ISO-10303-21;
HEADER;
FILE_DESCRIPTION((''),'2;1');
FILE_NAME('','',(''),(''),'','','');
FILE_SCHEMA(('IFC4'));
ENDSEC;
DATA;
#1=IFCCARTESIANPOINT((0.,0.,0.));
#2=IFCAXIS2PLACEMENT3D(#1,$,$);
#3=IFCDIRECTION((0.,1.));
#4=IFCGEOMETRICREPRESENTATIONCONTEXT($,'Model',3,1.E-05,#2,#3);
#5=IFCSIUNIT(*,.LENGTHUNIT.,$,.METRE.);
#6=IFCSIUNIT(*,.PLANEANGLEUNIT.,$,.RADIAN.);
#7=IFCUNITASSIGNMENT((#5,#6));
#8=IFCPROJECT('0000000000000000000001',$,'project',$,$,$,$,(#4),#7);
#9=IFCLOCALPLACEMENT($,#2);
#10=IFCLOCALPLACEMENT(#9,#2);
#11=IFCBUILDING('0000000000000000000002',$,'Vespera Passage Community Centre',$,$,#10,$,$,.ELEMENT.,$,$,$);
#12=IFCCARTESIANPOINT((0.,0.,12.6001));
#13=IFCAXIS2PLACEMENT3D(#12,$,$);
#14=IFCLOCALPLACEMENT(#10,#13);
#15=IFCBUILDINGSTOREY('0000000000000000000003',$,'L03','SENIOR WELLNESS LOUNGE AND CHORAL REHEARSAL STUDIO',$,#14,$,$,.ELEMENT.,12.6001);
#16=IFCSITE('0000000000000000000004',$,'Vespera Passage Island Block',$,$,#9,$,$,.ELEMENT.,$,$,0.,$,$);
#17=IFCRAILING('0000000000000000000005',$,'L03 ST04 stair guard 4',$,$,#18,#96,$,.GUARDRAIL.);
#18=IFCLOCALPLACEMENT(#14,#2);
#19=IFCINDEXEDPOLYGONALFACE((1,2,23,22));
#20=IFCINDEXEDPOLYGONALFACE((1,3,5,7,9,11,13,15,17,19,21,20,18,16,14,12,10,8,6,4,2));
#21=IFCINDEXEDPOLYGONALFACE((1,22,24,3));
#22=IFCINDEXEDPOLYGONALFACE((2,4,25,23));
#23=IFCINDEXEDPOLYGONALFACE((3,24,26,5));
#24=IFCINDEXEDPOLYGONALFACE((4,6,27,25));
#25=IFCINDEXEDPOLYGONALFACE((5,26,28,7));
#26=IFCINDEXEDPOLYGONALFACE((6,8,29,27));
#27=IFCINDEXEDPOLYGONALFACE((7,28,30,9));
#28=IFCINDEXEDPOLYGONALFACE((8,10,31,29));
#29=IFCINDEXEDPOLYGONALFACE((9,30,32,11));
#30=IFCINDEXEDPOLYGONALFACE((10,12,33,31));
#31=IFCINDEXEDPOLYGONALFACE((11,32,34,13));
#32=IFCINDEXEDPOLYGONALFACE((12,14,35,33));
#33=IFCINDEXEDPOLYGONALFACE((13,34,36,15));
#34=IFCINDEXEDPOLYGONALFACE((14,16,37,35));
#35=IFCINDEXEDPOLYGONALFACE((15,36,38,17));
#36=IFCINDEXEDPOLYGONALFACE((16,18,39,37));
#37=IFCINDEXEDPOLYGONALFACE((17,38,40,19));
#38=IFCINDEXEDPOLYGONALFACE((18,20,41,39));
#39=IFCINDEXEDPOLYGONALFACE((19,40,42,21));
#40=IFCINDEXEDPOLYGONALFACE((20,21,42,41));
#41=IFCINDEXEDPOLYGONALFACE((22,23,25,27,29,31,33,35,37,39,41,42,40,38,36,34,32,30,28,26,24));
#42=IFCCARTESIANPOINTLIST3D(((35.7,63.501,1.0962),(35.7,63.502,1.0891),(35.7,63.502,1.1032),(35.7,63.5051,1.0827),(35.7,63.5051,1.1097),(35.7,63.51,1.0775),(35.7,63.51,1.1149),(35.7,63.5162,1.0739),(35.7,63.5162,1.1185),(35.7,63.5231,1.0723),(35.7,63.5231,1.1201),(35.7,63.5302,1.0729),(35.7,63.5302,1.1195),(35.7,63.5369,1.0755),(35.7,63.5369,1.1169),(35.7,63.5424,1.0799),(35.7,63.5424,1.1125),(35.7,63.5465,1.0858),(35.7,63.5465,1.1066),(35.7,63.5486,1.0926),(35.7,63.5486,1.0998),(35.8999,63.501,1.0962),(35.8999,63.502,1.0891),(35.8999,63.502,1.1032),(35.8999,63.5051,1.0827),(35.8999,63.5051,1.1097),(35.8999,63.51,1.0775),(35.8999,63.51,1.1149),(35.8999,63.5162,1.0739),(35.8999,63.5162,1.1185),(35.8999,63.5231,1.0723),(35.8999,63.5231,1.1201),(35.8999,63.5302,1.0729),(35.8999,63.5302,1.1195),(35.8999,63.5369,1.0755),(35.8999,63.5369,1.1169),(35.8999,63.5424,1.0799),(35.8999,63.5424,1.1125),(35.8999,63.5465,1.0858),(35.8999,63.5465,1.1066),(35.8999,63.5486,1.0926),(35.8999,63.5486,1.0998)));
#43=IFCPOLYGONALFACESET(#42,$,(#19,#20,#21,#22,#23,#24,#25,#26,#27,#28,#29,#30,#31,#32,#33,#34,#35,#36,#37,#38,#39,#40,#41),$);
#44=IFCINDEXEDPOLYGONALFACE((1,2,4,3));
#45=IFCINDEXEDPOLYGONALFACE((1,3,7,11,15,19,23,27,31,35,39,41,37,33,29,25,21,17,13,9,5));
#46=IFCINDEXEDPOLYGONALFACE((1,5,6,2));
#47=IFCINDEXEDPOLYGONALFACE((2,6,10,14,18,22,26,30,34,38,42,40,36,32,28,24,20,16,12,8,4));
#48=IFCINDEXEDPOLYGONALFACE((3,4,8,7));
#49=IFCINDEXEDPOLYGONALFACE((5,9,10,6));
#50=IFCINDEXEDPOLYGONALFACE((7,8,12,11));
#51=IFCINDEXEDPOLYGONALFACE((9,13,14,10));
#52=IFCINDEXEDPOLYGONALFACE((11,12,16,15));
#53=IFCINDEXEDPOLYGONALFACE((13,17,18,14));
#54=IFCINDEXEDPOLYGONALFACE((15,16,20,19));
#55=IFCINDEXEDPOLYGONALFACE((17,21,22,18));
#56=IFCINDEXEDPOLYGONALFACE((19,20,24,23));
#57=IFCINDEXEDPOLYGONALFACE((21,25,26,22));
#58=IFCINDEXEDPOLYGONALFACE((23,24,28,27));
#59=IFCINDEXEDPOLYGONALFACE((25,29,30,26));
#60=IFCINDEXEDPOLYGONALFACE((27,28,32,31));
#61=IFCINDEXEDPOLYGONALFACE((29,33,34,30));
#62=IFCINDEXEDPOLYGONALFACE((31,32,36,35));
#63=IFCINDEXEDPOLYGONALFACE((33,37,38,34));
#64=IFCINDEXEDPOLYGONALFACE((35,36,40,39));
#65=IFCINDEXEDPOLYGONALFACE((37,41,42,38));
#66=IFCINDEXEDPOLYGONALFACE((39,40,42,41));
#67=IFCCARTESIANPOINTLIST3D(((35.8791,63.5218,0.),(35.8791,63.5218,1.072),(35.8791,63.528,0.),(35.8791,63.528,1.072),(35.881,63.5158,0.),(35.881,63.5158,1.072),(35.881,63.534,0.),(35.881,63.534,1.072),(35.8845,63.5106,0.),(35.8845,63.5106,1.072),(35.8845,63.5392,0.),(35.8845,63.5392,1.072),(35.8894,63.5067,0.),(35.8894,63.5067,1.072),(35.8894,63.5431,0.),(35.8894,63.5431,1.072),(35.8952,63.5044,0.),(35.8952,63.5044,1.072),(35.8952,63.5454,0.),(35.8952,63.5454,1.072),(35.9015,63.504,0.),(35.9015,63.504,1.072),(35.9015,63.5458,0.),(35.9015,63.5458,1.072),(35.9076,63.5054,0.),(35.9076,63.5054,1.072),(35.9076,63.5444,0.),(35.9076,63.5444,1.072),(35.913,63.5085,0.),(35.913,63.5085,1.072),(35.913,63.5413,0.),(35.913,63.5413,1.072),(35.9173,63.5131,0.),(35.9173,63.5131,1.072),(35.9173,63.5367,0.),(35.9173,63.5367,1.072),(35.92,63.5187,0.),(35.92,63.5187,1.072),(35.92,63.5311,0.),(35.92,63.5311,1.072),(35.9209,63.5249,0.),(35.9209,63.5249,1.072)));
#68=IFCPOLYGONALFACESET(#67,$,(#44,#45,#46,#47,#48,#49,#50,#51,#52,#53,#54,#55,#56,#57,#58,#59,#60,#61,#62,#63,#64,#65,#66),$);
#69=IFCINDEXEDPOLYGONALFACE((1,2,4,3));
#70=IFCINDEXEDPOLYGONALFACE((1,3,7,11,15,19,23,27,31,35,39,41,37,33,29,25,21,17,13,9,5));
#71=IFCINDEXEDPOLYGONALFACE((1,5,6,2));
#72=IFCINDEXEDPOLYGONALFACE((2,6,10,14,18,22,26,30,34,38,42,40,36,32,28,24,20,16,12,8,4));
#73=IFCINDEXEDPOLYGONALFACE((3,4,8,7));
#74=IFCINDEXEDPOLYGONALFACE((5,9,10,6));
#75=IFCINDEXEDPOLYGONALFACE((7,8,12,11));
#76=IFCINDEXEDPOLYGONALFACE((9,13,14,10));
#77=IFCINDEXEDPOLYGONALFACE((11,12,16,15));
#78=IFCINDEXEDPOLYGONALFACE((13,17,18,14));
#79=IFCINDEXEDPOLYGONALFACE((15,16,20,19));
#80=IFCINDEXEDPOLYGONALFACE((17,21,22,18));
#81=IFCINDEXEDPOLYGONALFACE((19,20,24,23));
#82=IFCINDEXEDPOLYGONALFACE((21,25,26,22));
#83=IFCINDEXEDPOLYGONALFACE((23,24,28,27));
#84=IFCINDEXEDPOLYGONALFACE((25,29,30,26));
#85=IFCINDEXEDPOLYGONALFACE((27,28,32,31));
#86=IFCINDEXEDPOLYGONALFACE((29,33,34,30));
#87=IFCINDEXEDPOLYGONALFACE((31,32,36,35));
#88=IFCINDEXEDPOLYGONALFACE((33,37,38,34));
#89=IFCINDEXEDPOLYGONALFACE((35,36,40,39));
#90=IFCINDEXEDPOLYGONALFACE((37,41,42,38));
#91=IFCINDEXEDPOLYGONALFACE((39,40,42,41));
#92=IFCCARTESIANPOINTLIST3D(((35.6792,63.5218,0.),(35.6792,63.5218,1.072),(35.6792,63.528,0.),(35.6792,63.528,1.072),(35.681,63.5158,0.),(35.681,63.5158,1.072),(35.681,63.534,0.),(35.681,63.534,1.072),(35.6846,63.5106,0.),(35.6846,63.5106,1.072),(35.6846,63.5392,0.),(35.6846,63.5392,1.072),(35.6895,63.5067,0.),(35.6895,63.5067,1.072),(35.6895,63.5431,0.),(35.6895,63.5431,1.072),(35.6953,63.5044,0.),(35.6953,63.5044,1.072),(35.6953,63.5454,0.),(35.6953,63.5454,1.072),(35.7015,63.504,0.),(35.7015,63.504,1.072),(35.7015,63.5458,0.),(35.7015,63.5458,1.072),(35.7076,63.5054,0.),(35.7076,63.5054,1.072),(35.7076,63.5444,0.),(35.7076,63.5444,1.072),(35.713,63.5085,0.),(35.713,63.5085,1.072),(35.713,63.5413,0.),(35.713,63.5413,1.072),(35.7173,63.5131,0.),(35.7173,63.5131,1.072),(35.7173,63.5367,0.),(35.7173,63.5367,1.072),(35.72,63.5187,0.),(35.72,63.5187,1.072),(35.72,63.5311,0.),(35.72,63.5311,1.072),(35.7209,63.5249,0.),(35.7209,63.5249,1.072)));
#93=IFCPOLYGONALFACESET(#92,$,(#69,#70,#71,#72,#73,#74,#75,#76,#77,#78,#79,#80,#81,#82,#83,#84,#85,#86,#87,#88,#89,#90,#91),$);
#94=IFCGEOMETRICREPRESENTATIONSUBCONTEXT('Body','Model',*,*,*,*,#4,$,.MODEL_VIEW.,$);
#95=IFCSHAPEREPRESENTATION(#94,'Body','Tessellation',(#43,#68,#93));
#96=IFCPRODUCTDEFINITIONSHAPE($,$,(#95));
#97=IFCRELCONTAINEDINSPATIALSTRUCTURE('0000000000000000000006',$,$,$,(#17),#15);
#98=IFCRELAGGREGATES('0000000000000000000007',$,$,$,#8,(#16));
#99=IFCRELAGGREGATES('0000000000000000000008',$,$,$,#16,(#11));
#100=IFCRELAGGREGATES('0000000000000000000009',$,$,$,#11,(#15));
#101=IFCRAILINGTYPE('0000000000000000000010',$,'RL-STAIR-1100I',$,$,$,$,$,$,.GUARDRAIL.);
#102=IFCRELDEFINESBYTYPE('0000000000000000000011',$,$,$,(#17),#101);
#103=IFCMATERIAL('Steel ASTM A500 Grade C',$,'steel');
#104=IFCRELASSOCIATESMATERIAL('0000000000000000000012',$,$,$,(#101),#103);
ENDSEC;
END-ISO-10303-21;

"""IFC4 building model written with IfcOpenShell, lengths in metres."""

from ifc_helpers import new_model, si_unit, direction, frame, origin, origin_2d, place, context, subcontext, project, spatial, circle, extrude, material, type_object, element, save


model = new_model("IFC4")

# Units and contexts
model_context = context("Model", 3, precision=1e-05, world=origin(), true_north=direction((0.0, 1.0)))
body_context = subcontext(model_context, "Body", "Model", "MODEL_VIEW")
ifc_project = project(units=[si_unit("LENGTHUNIT", "METRE"), si_unit("PLANEANGLEUNIT", "RADIAN")], contexts=[model_context])

# Site, building, storey
site_placement = place(None, origin())
site = spatial("IfcSite", under=ifc_project, at=site_placement, Name="Vespera Passage Island Block", CompositionType="ELEMENT", RefElevation=0.0)
building_placement = place(site_placement, origin())
building = spatial("IfcBuilding", under=site, at=building_placement, Name="Vespera Passage Community Centre", CompositionType="ELEMENT")
storey_placement = place(building_placement, frame((0.0, 0.0, 12.6001)))
storey = spatial("IfcBuildingStorey", under=building, at=storey_placement, Name="L03", Description="SENIOR WELLNESS LOUNGE AND CHORAL REHEARSAL STUDIO", CompositionType="ELEMENT", Elevation=12.6001)

# Railing
ifc_material_1 = material(Name="Steel ASTM A500 Grade C", Category="steel")
railing_type_1 = type_object("IfcRailingType", Name="RL-STAIR-1100I", PredefinedType="GUARDRAIL", material=ifc_material_1)
railing_1_placement = place(storey_placement, frame((35.8999, 63.5249, 0.0)))
element("IfcRailing", 1, at=railing_1_placement, inside=storey, type_object=railing_type_1, Name="L03 ST04 stair guard 4", PredefinedType="GUARDRAIL", context=body_context, shape_type="SweptSolid", body=[
    extrude(circle(Radius=0.0239, at=origin_2d()), frame((0.0, 0.0, 1.0962), z_axis=(-1.0, 0.0, 0.0), x_axis=(0.0, -1.0, 0.0)), (0.0, 0.0, 1.0), 0.2),
    extrude(circle(Radius=0.021, at=origin_2d()), origin(), (0.0, 0.0, 1.0), 1.072),
    extrude(circle(Radius=0.021, at=origin_2d()), frame((-0.2, 0.0, 0.0)), (0.0, 0.0, 1.0), 1.072),
])

save(model, "model.ifc")
